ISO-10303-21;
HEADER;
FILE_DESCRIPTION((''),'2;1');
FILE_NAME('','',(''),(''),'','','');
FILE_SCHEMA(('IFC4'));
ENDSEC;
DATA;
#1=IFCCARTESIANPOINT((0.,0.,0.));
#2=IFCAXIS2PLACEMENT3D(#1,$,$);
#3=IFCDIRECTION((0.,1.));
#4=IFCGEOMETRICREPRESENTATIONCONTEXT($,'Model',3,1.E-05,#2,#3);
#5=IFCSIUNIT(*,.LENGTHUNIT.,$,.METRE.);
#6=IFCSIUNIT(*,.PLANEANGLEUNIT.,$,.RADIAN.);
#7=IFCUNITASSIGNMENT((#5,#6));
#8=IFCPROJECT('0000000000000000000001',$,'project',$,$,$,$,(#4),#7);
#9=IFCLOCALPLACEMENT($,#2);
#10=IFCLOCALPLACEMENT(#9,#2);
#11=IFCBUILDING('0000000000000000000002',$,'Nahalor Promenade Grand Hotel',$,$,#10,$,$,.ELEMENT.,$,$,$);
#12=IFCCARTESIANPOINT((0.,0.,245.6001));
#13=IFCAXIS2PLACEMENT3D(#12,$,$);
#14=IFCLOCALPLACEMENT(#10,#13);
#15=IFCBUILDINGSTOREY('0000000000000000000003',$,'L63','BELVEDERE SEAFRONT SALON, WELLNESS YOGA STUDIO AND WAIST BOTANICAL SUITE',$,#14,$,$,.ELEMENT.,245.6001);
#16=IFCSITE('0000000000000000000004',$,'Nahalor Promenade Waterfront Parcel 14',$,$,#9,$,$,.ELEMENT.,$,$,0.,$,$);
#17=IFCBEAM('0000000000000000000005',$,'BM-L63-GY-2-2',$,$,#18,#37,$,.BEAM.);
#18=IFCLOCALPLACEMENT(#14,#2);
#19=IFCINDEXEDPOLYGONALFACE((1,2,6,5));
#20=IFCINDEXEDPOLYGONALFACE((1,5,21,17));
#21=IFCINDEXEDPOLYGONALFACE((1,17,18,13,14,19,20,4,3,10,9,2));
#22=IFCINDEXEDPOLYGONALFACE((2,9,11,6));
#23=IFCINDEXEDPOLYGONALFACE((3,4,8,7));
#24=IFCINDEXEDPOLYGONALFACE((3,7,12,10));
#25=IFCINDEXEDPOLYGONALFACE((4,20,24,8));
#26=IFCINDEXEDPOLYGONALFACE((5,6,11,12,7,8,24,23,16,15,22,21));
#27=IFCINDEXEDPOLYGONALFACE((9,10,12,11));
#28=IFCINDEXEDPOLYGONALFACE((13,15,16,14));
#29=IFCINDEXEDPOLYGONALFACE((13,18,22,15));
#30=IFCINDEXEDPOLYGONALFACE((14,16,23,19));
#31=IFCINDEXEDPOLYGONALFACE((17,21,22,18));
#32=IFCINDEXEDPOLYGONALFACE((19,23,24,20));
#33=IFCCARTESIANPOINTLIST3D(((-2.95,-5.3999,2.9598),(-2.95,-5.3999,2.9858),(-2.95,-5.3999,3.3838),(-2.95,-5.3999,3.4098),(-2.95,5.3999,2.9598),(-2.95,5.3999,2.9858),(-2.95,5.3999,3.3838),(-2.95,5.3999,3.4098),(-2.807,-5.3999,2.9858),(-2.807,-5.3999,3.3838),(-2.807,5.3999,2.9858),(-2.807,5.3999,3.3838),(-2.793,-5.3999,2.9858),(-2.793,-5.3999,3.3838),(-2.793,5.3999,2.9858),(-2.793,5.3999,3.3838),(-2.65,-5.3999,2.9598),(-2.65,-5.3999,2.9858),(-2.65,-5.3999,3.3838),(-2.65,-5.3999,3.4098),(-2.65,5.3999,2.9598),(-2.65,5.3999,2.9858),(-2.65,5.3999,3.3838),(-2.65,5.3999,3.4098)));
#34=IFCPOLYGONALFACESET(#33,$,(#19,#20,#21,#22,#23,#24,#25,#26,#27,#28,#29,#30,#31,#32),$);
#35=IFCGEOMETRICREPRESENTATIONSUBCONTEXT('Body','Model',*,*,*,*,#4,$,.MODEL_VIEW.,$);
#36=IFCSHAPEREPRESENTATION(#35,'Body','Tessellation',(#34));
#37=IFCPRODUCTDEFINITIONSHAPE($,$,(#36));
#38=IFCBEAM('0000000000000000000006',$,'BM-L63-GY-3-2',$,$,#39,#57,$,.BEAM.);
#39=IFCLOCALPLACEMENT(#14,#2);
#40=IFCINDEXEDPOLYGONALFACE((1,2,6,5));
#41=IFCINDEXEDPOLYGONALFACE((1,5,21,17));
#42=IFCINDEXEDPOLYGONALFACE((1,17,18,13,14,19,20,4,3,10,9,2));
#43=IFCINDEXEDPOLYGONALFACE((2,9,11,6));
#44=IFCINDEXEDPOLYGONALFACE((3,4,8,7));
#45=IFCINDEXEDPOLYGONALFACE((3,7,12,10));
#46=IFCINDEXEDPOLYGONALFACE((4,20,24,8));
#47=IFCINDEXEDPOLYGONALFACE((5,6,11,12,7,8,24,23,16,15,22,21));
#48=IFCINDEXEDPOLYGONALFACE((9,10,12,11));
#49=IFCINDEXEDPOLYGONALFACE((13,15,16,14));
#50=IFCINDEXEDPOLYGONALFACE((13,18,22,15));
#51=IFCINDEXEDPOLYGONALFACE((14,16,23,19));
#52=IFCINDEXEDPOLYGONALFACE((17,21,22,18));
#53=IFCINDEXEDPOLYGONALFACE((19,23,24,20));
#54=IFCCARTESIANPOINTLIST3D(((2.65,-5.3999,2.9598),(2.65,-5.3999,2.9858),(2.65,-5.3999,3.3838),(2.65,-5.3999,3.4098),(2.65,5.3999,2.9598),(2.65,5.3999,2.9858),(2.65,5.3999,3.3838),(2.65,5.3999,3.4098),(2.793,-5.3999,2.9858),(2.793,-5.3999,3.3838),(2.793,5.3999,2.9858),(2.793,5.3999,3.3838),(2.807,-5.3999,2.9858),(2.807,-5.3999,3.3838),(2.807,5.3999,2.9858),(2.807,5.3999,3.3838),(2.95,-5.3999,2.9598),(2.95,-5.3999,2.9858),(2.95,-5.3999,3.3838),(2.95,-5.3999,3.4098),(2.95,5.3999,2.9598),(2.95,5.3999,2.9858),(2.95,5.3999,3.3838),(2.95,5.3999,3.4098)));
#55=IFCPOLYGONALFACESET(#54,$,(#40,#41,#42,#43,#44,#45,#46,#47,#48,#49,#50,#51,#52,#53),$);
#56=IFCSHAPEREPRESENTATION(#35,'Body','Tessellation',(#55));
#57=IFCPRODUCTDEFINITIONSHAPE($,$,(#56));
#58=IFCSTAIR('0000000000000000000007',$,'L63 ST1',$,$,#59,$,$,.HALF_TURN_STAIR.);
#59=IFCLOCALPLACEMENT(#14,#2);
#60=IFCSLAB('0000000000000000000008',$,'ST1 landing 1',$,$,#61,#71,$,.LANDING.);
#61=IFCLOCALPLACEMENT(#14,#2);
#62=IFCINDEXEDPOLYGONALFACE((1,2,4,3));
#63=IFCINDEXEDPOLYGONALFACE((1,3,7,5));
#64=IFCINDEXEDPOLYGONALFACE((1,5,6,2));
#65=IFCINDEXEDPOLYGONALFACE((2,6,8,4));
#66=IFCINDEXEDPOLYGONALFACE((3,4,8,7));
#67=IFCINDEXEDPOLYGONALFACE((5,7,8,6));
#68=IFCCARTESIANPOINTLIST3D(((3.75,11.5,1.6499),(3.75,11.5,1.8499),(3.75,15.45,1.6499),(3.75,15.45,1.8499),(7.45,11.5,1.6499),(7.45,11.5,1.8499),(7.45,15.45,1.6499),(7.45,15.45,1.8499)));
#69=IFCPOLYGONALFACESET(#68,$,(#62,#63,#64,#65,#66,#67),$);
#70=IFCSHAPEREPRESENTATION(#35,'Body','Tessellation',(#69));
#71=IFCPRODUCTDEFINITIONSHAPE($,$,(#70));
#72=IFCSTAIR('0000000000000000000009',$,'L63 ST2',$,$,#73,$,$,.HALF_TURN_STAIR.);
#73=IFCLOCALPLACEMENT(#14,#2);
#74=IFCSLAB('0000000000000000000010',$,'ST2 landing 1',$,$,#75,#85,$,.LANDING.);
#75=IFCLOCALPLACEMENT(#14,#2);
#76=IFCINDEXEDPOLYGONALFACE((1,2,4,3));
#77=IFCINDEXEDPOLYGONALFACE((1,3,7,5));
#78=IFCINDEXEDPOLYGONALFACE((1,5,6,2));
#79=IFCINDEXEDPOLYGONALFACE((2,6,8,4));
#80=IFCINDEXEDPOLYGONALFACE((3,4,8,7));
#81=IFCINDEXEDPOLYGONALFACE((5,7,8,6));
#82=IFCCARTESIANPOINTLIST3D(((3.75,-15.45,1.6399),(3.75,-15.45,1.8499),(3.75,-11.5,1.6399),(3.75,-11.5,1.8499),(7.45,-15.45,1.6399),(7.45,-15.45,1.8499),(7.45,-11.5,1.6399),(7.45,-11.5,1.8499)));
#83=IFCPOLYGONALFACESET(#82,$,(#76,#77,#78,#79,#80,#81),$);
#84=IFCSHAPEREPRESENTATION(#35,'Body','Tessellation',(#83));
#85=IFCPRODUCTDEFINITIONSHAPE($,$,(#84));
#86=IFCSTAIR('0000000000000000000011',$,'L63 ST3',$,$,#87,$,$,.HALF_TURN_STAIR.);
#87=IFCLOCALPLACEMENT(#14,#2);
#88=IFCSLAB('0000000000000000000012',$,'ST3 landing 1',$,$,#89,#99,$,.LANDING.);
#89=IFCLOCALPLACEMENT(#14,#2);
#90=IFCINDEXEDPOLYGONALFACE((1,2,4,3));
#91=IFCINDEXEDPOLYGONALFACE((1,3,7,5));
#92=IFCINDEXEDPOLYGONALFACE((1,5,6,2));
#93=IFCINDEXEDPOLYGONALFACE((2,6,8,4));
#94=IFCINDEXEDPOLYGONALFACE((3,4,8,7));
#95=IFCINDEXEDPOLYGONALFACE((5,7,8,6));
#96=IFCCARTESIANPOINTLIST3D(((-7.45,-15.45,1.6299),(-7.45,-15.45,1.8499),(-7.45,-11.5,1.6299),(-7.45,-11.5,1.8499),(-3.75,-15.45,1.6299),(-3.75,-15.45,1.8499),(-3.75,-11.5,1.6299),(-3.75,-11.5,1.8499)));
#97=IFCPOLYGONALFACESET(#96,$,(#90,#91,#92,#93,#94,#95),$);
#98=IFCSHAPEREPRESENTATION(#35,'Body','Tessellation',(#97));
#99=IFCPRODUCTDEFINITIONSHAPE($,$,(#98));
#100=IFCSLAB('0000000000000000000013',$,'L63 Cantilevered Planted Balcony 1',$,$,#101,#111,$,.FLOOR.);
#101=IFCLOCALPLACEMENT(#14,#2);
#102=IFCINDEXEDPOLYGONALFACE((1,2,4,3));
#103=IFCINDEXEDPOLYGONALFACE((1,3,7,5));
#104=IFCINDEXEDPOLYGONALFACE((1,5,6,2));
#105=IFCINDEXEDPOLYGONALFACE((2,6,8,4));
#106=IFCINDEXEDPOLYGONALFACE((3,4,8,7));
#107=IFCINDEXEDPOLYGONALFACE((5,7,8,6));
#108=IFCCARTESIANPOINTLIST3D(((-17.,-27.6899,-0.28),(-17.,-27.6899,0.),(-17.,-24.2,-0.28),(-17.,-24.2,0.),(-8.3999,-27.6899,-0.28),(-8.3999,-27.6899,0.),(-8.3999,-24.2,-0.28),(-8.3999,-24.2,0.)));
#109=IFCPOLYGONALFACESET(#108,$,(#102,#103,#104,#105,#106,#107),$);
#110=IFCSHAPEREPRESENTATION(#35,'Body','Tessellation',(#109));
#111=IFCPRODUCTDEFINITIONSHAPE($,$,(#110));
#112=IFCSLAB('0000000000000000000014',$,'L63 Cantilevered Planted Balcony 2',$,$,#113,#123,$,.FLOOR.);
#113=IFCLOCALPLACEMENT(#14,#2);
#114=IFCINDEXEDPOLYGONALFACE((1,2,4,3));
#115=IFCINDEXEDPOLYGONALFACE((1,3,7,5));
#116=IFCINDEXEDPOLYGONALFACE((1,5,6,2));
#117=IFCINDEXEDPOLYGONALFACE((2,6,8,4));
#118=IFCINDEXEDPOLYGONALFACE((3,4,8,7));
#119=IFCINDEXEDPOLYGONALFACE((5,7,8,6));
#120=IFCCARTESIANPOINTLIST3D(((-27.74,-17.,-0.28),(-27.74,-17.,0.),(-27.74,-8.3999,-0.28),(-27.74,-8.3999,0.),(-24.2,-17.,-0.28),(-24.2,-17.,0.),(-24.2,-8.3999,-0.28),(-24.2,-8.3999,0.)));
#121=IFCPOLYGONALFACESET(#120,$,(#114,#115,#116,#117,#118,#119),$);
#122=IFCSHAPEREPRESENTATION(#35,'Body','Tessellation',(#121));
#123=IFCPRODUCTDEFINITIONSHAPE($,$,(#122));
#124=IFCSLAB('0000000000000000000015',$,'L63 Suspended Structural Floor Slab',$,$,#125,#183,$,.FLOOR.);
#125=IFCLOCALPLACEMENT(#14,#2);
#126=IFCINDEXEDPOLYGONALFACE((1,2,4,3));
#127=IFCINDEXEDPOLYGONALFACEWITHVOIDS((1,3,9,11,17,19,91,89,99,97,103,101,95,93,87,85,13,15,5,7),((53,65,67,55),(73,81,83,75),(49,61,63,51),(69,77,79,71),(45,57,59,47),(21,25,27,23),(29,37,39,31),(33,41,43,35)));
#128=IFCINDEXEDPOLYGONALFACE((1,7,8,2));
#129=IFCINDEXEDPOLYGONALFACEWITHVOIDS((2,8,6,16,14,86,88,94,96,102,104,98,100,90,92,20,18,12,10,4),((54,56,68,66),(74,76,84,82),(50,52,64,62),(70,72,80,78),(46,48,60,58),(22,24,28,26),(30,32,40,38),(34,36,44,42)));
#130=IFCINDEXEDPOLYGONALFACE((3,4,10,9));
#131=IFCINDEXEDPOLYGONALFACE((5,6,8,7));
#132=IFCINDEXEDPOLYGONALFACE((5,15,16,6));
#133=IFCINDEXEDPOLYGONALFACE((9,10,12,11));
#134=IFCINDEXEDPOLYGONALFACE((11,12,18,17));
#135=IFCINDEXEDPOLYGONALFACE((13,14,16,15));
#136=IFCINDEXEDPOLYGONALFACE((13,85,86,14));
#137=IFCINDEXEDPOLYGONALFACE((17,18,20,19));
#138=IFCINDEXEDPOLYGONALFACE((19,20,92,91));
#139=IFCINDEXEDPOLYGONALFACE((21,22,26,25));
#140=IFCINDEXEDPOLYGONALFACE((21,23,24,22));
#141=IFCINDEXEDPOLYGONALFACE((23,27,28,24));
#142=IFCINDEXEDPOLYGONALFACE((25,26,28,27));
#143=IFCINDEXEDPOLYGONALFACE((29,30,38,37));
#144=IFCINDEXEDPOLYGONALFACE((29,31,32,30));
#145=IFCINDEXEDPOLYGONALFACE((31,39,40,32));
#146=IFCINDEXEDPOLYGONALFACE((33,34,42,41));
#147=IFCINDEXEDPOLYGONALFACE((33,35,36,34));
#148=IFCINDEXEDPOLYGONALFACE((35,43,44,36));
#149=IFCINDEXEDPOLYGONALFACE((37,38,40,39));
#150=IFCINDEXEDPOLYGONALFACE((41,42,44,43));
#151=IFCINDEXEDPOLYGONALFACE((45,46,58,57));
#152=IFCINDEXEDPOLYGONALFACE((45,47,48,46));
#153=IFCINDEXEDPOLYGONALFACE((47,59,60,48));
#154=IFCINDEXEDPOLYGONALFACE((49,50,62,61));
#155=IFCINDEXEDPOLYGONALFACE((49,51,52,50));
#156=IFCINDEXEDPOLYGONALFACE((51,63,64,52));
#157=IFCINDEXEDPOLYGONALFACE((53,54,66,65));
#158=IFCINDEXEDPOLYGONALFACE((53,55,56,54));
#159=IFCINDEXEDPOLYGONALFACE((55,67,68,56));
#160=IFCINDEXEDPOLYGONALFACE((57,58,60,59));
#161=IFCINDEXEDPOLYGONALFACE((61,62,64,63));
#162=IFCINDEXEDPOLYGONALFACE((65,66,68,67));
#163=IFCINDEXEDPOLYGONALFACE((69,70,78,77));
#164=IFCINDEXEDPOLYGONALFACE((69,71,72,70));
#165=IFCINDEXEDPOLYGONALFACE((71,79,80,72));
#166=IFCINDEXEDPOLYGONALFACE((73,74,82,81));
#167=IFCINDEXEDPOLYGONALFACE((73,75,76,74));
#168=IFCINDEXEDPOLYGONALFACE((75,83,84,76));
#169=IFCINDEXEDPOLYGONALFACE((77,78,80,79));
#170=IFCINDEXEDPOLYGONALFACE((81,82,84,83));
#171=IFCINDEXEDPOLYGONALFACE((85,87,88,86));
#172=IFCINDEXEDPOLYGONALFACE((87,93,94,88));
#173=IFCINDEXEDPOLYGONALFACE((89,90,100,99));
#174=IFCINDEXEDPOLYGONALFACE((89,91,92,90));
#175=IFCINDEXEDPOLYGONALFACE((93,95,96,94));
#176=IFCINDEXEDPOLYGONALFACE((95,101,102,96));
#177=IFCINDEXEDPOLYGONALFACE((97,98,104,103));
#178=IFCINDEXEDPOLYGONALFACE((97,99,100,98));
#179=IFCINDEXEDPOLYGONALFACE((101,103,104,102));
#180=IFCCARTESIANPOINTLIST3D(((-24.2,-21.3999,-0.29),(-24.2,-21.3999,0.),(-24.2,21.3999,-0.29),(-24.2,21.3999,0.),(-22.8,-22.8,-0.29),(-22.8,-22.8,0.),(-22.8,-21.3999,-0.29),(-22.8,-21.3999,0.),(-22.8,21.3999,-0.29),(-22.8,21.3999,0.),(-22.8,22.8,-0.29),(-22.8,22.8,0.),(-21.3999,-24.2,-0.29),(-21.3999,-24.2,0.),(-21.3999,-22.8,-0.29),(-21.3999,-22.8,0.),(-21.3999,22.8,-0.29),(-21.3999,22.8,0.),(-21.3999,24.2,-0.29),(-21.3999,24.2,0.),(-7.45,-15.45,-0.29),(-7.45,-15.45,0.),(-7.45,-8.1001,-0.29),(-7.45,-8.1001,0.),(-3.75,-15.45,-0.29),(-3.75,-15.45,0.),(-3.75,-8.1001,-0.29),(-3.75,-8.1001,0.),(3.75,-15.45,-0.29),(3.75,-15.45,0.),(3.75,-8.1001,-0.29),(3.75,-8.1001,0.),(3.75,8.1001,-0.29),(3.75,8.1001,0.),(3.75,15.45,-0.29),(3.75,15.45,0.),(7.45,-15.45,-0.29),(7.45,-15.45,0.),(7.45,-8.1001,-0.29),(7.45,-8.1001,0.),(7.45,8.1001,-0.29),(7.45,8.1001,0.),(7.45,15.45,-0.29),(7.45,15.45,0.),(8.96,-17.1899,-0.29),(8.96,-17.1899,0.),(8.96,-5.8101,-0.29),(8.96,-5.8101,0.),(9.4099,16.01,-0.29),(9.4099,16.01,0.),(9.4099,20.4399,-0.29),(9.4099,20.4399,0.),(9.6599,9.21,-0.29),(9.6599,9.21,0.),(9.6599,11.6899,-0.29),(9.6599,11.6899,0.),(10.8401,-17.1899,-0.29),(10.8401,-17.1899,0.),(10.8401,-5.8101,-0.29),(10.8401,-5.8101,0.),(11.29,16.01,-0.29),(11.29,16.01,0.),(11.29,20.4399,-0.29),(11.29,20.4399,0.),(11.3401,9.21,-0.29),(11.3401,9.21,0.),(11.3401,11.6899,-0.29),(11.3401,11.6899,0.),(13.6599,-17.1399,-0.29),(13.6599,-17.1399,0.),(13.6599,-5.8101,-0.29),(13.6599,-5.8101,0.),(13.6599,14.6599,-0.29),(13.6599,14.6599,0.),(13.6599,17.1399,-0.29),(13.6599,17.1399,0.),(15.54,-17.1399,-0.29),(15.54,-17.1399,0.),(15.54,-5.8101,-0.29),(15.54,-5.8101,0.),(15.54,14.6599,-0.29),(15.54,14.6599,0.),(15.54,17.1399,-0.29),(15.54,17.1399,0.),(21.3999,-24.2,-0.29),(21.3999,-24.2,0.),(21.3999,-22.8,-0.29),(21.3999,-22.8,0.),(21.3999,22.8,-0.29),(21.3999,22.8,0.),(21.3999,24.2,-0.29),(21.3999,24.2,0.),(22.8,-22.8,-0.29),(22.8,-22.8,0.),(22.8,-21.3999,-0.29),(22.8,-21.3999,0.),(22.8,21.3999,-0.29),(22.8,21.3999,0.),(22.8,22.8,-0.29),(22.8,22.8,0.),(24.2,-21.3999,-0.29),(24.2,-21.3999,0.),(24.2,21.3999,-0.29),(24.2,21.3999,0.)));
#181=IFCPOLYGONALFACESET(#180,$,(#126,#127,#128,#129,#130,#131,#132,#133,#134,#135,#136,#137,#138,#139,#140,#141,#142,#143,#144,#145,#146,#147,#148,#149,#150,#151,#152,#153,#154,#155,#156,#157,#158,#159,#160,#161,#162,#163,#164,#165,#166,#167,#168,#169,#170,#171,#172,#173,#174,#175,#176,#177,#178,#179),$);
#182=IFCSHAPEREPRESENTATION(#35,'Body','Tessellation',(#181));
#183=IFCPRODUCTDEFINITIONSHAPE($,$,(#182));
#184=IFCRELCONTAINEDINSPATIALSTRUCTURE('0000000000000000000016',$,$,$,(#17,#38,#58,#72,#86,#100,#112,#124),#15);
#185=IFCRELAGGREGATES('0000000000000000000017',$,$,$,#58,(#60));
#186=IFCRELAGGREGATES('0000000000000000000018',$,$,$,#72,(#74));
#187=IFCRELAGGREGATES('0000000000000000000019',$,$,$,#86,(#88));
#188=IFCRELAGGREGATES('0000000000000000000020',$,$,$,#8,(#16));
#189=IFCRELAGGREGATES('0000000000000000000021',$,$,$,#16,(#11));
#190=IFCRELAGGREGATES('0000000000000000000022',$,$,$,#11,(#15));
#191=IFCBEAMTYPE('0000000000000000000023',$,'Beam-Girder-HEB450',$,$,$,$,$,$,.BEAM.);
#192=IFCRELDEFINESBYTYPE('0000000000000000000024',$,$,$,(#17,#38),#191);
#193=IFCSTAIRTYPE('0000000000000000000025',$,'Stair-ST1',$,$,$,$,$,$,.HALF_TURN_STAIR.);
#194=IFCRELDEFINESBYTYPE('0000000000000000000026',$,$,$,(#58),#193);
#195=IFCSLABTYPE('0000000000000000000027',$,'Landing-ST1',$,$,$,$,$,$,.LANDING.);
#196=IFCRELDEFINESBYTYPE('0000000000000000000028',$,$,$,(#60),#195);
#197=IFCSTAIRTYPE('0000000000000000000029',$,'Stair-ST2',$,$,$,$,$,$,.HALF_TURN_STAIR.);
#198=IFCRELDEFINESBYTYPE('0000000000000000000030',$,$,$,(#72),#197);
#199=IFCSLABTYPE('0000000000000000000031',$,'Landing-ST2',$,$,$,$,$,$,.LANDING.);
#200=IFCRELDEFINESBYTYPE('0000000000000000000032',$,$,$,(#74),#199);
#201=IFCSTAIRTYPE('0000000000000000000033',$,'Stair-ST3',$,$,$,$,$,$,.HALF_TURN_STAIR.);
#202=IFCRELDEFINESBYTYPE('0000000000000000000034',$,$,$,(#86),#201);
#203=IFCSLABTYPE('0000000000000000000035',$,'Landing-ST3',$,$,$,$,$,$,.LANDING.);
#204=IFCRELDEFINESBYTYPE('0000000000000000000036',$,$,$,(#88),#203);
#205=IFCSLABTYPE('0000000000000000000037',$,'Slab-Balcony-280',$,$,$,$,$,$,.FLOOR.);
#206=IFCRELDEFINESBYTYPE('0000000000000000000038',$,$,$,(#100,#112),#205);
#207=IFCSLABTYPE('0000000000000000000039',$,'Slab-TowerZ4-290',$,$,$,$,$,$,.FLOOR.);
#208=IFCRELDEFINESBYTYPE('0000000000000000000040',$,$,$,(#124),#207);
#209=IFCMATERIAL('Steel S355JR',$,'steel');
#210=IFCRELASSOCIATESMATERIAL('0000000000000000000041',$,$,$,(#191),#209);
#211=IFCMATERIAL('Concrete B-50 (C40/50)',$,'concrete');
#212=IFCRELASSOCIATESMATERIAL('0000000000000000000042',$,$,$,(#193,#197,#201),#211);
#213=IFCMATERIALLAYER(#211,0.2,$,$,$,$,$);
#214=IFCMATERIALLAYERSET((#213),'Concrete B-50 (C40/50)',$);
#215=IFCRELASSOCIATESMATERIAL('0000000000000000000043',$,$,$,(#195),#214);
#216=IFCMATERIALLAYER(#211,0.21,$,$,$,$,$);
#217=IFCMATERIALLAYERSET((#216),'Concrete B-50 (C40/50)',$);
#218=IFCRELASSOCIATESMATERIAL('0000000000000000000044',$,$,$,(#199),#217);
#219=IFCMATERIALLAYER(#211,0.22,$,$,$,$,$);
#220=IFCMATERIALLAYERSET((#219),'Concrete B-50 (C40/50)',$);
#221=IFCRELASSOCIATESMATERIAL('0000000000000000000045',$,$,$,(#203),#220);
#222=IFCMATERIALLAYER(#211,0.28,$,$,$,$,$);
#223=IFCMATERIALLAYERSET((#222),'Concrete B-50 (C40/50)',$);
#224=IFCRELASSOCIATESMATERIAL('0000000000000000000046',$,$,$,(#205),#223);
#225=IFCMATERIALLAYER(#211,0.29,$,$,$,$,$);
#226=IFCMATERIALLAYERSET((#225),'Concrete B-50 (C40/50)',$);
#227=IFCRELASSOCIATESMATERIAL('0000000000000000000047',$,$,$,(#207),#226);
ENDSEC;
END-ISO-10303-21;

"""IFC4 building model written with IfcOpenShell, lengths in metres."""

from ifc_helpers import new_model, si_unit, direction, frame, origin, origin_2d, place, context, subcontext, project, spatial, polyline, i_section, outline, extrude, source, transform, mapped, material, layer, layer_set, material_profile, profile_set, type_object, element, aggregate, save


model = new_model("IFC4")

# Units and contexts
model_context = context("Model", 3, precision=1e-05, world=origin(), true_north=direction((0.0, 1.0)))
body_context = subcontext(model_context, "Body", "Model", "MODEL_VIEW")
ifc_project = project(units=[si_unit("LENGTHUNIT", "METRE"), si_unit("PLANEANGLEUNIT", "RADIAN")], contexts=[model_context])

# Site, building, storey
site_placement = place(None, origin())
site = spatial("IfcSite", under=ifc_project, at=site_placement, Name="Nahalor Promenade Waterfront Parcel 14", CompositionType="ELEMENT", RefElevation=0.0)
building_placement = place(site_placement, origin())
building = spatial("IfcBuilding", under=site, at=building_placement, Name="Nahalor Promenade Grand Hotel", CompositionType="ELEMENT")
storey_placement = place(building_placement, frame((0.0, 0.0, 245.6001)))
storey = spatial("IfcBuildingStorey", under=building, at=storey_placement, Name="L63", Description="BELVEDERE SEAFRONT SALON, WELLNESS YOGA STUDIO AND WAIST BOTANICAL SUITE", CompositionType="ELEMENT", Elevation=245.6001)

# Beams
ifc_material_1 = material(Name="Steel S355JR", Category="steel")
ifc_material_profile_1 = material_profile(ifc_material_1, i_section(OverallWidth=0.3, OverallDepth=0.45, WebThickness=0.014, FlangeThickness=0.026, at=origin_2d()), Name="HEB 450")
ifc_profile_set_1 = profile_set([ifc_material_profile_1], Name="Steel S355JR")
beam_type = type_object("IfcBeamType", Name="Beam-Girder-HEB450", PredefinedType="BEAM", material=ifc_profile_set_1)
shared_shape_1 = source(origin(), body_context, "Body", "SweptSolid", [
    extrude(i_section(OverallWidth=0.3, OverallDepth=0.45, WebThickness=0.014, FlangeThickness=0.026, at=origin_2d()), origin(), (0.0, 0.0, 1.0), 10.7998),
])
for number, where, z_axis, x_axis, name in (
    (1, (-2.8, -5.3999, 3.1848), (0.0, 1.0, 0.0), (-1.0, 0.0, 0.0), "BM-L63-GY-2-2"),
    (2, (2.8, -5.3999, 3.1848), (0.0, 1.0, 0.0), (-1.0, 0.0, 0.0), "BM-L63-GY-3-2"),
):
    element("IfcBeam", number, at=place(storey_placement, frame(where, z_axis=z_axis, x_axis=x_axis)), inside=storey, type_object=beam_type, Name=name, PredefinedType="BEAM", context=body_context, shape_type="MappedRepresentation", body=[
        mapped(shared_shape_1, transform((0.0, 0.0, 0.0), scale=1.0)),
    ])

# Stairs, slabs
ifc_material_2 = material(Name="Concrete B-50 (C40/50)", Category="concrete")
stair_type_1 = type_object("IfcStairType", Name="Stair-ST1", PredefinedType="HALF_TURN_STAIR", material=ifc_material_2)
stair_1_placement = place(storey_placement, origin())
stair_1 = element("IfcStair", 3, at=stair_1_placement, inside=storey, type_object=stair_type_1, Name="L63 ST1", PredefinedType="HALF_TURN_STAIR")
ifc_layer_1 = layer(ifc_material_2, 0.2)
ifc_layer_set_1 = layer_set([ifc_layer_1], Name="Concrete B-50 (C40/50)")
slab_type_1 = type_object("IfcSlabType", Name="Landing-ST1", PredefinedType="LANDING", material=ifc_layer_set_1)
slab_1_placement = place(storey_placement, frame((0.0, 0.0, 1.6499)))
slab_1 = element("IfcSlab", 4, at=slab_1_placement, type_object=slab_type_1, Name="ST1 landing 1", PredefinedType="LANDING", context=body_context, shape_type="SweptSolid", body=[
    extrude(outline(polyline([(7.45, 11.5), (7.45, 15.45), (3.75, 15.45), (3.75, 11.5), (7.45, 11.5)])), origin(), (0.0, 0.0, 1.0), 0.2),
])
aggregate(stair_1, [slab_1])
stair_type_2 = type_object("IfcStairType", Name="Stair-ST2", PredefinedType="HALF_TURN_STAIR", material=ifc_material_2)
stair_2_placement = place(storey_placement, origin())
stair_2 = element("IfcStair", 5, at=stair_2_placement, inside=storey, type_object=stair_type_2, Name="L63 ST2", PredefinedType="HALF_TURN_STAIR")
ifc_layer_2 = layer(ifc_material_2, 0.21)
ifc_layer_set_2 = layer_set([ifc_layer_2], Name="Concrete B-50 (C40/50)")
slab_type_2 = type_object("IfcSlabType", Name="Landing-ST2", PredefinedType="LANDING", material=ifc_layer_set_2)
slab_2_placement = place(storey_placement, frame((0.0, 0.0, 1.6399)))
slab_2 = element("IfcSlab", 6, at=slab_2_placement, type_object=slab_type_2, Name="ST2 landing 1", PredefinedType="LANDING", context=body_context, shape_type="SweptSolid", body=[
    extrude(outline(polyline([(3.75, -11.5), (3.75, -15.45), (7.45, -15.45), (7.45, -11.5), (3.75, -11.5)])), origin(), (0.0, 0.0, 1.0), 0.21),
])
aggregate(stair_2, [slab_2])
stair_type_3 = type_object("IfcStairType", Name="Stair-ST3", PredefinedType="HALF_TURN_STAIR", material=ifc_material_2)
stair_3_placement = place(storey_placement, origin())
stair_3 = element("IfcStair", 7, at=stair_3_placement, inside=storey, type_object=stair_type_3, Name="L63 ST3", PredefinedType="HALF_TURN_STAIR")
ifc_layer_3 = layer(ifc_material_2, 0.22)
ifc_layer_set_3 = layer_set([ifc_layer_3], Name="Concrete B-50 (C40/50)")
slab_type_3 = type_object("IfcSlabType", Name="Landing-ST3", PredefinedType="LANDING", material=ifc_layer_set_3)
slab_3_placement = place(storey_placement, frame((0.0, 0.0, 1.6299)))
slab_3 = element("IfcSlab", 8, at=slab_3_placement, type_object=slab_type_3, Name="ST3 landing 1", PredefinedType="LANDING", context=body_context, shape_type="SweptSolid", body=[
    extrude(outline(polyline([(-7.45, -11.5), (-7.45, -15.45), (-3.75, -15.45), (-3.75, -11.5), (-7.45, -11.5)])), origin(), (0.0, 0.0, 1.0), 0.22),
])
aggregate(stair_3, [slab_3])

# Slabs
ifc_layer_4 = layer(ifc_material_2, 0.28)
ifc_layer_set_4 = layer_set([ifc_layer_4], Name="Concrete B-50 (C40/50)")
slab_type_4 = type_object("IfcSlabType", Name="Slab-Balcony-280", PredefinedType="FLOOR", material=ifc_layer_set_4)
slab_4_placement = place(storey_placement, frame((0.0, 0.0, -0.28)))
element("IfcSlab", 9, at=slab_4_placement, inside=storey, type_object=slab_type_4, Name="L63 Cantilevered Planted Balcony 1", PredefinedType="FLOOR", context=body_context, shape_type="SweptSolid", body=[
    extrude(outline(polyline([(-17.0, -27.6899), (-8.3999, -27.6899), (-8.3999, -24.2), (-17.0, -24.2), (-17.0, -27.6899)])), origin(), (0.0, 0.0, 1.0), 0.28),
])
slab_5_placement = place(storey_placement, frame((0.0, 0.0, -0.28)))
element("IfcSlab", 10, at=slab_5_placement, inside=storey, type_object=slab_type_4, Name="L63 Cantilevered Planted Balcony 2", PredefinedType="FLOOR", context=body_context, shape_type="SweptSolid", body=[
    extrude(outline(polyline([(-27.74, -17.0), (-24.2, -17.0), (-24.2, -8.3999), (-27.74, -8.3999), (-27.74, -17.0)])), origin(), (0.0, 0.0, 1.0), 0.28),
])
ifc_layer_5 = layer(ifc_material_2, 0.29)
ifc_layer_set_5 = layer_set([ifc_layer_5], Name="Concrete B-50 (C40/50)")
slab_type_5 = type_object("IfcSlabType", Name="Slab-TowerZ4-290", PredefinedType="FLOOR", material=ifc_layer_set_5)
slab_6_placement = place(storey_placement, frame((0.0, 0.0, -0.29)))
element("IfcSlab", 11, at=slab_6_placement, inside=storey, type_object=slab_type_5, Name="L63 Suspended Structural Floor Slab", PredefinedType="FLOOR", context=body_context, shape_type="SweptSolid", body=[
    extrude(outline(polyline([(-21.3999, -24.2), (21.3999, -24.2), (21.3999, -22.8), (22.8, -22.8), (22.8, -21.3999), (24.2, -21.3999), (24.2, 21.3999), (22.8, 21.3999), (22.8, 22.8), (21.3999, 22.8), (21.3999, 24.2), (-21.3999, 24.2), (-21.3999, 22.8), (-22.8, 22.8), (-22.8, 21.3999), (-24.2, 21.3999), (-24.2, -21.3999), (-22.8, -21.3999), (-22.8, -22.8), (-21.3999, -22.8), (-21.3999, -24.2)]), holes=[polyline([(3.75, 8.1001), (7.45, 8.1001), (7.45, 15.45), (3.75, 15.45), (3.75, 8.1001)]), polyline([(3.75, -15.45), (7.45, -15.45), (7.45, -8.1001), (3.75, -8.1001), (3.75, -15.45)]), polyline([(-7.45, -15.45), (-3.75, -15.45), (-3.75, -8.1001), (-7.45, -8.1001), (-7.45, -15.45)]), polyline([(13.6599, -17.1399), (15.54, -17.1399), (15.54, -5.8101), (13.6599, -5.8101), (13.6599, -17.1399)]), polyline([(8.96, -17.1899), (10.8401, -17.1899), (10.8401, -5.8101), (8.96, -5.8101), (8.96, -17.1899)]), polyline([(9.4099, 16.01), (11.29, 16.01), (11.29, 20.4399), (9.4099, 20.4399), (9.4099, 16.01)]), polyline([(9.6599, 9.21), (11.3401, 9.21), (11.3401, 11.6899), (9.6599, 11.6899), (9.6599, 9.21)]), polyline([(13.6599, 14.6599), (15.54, 14.6599), (15.54, 17.1399), (13.6599, 17.1399), (13.6599, 14.6599)])]), origin(), (0.0, 0.0, 1.0), 0.29),
])

save(model, "model.ifc")
